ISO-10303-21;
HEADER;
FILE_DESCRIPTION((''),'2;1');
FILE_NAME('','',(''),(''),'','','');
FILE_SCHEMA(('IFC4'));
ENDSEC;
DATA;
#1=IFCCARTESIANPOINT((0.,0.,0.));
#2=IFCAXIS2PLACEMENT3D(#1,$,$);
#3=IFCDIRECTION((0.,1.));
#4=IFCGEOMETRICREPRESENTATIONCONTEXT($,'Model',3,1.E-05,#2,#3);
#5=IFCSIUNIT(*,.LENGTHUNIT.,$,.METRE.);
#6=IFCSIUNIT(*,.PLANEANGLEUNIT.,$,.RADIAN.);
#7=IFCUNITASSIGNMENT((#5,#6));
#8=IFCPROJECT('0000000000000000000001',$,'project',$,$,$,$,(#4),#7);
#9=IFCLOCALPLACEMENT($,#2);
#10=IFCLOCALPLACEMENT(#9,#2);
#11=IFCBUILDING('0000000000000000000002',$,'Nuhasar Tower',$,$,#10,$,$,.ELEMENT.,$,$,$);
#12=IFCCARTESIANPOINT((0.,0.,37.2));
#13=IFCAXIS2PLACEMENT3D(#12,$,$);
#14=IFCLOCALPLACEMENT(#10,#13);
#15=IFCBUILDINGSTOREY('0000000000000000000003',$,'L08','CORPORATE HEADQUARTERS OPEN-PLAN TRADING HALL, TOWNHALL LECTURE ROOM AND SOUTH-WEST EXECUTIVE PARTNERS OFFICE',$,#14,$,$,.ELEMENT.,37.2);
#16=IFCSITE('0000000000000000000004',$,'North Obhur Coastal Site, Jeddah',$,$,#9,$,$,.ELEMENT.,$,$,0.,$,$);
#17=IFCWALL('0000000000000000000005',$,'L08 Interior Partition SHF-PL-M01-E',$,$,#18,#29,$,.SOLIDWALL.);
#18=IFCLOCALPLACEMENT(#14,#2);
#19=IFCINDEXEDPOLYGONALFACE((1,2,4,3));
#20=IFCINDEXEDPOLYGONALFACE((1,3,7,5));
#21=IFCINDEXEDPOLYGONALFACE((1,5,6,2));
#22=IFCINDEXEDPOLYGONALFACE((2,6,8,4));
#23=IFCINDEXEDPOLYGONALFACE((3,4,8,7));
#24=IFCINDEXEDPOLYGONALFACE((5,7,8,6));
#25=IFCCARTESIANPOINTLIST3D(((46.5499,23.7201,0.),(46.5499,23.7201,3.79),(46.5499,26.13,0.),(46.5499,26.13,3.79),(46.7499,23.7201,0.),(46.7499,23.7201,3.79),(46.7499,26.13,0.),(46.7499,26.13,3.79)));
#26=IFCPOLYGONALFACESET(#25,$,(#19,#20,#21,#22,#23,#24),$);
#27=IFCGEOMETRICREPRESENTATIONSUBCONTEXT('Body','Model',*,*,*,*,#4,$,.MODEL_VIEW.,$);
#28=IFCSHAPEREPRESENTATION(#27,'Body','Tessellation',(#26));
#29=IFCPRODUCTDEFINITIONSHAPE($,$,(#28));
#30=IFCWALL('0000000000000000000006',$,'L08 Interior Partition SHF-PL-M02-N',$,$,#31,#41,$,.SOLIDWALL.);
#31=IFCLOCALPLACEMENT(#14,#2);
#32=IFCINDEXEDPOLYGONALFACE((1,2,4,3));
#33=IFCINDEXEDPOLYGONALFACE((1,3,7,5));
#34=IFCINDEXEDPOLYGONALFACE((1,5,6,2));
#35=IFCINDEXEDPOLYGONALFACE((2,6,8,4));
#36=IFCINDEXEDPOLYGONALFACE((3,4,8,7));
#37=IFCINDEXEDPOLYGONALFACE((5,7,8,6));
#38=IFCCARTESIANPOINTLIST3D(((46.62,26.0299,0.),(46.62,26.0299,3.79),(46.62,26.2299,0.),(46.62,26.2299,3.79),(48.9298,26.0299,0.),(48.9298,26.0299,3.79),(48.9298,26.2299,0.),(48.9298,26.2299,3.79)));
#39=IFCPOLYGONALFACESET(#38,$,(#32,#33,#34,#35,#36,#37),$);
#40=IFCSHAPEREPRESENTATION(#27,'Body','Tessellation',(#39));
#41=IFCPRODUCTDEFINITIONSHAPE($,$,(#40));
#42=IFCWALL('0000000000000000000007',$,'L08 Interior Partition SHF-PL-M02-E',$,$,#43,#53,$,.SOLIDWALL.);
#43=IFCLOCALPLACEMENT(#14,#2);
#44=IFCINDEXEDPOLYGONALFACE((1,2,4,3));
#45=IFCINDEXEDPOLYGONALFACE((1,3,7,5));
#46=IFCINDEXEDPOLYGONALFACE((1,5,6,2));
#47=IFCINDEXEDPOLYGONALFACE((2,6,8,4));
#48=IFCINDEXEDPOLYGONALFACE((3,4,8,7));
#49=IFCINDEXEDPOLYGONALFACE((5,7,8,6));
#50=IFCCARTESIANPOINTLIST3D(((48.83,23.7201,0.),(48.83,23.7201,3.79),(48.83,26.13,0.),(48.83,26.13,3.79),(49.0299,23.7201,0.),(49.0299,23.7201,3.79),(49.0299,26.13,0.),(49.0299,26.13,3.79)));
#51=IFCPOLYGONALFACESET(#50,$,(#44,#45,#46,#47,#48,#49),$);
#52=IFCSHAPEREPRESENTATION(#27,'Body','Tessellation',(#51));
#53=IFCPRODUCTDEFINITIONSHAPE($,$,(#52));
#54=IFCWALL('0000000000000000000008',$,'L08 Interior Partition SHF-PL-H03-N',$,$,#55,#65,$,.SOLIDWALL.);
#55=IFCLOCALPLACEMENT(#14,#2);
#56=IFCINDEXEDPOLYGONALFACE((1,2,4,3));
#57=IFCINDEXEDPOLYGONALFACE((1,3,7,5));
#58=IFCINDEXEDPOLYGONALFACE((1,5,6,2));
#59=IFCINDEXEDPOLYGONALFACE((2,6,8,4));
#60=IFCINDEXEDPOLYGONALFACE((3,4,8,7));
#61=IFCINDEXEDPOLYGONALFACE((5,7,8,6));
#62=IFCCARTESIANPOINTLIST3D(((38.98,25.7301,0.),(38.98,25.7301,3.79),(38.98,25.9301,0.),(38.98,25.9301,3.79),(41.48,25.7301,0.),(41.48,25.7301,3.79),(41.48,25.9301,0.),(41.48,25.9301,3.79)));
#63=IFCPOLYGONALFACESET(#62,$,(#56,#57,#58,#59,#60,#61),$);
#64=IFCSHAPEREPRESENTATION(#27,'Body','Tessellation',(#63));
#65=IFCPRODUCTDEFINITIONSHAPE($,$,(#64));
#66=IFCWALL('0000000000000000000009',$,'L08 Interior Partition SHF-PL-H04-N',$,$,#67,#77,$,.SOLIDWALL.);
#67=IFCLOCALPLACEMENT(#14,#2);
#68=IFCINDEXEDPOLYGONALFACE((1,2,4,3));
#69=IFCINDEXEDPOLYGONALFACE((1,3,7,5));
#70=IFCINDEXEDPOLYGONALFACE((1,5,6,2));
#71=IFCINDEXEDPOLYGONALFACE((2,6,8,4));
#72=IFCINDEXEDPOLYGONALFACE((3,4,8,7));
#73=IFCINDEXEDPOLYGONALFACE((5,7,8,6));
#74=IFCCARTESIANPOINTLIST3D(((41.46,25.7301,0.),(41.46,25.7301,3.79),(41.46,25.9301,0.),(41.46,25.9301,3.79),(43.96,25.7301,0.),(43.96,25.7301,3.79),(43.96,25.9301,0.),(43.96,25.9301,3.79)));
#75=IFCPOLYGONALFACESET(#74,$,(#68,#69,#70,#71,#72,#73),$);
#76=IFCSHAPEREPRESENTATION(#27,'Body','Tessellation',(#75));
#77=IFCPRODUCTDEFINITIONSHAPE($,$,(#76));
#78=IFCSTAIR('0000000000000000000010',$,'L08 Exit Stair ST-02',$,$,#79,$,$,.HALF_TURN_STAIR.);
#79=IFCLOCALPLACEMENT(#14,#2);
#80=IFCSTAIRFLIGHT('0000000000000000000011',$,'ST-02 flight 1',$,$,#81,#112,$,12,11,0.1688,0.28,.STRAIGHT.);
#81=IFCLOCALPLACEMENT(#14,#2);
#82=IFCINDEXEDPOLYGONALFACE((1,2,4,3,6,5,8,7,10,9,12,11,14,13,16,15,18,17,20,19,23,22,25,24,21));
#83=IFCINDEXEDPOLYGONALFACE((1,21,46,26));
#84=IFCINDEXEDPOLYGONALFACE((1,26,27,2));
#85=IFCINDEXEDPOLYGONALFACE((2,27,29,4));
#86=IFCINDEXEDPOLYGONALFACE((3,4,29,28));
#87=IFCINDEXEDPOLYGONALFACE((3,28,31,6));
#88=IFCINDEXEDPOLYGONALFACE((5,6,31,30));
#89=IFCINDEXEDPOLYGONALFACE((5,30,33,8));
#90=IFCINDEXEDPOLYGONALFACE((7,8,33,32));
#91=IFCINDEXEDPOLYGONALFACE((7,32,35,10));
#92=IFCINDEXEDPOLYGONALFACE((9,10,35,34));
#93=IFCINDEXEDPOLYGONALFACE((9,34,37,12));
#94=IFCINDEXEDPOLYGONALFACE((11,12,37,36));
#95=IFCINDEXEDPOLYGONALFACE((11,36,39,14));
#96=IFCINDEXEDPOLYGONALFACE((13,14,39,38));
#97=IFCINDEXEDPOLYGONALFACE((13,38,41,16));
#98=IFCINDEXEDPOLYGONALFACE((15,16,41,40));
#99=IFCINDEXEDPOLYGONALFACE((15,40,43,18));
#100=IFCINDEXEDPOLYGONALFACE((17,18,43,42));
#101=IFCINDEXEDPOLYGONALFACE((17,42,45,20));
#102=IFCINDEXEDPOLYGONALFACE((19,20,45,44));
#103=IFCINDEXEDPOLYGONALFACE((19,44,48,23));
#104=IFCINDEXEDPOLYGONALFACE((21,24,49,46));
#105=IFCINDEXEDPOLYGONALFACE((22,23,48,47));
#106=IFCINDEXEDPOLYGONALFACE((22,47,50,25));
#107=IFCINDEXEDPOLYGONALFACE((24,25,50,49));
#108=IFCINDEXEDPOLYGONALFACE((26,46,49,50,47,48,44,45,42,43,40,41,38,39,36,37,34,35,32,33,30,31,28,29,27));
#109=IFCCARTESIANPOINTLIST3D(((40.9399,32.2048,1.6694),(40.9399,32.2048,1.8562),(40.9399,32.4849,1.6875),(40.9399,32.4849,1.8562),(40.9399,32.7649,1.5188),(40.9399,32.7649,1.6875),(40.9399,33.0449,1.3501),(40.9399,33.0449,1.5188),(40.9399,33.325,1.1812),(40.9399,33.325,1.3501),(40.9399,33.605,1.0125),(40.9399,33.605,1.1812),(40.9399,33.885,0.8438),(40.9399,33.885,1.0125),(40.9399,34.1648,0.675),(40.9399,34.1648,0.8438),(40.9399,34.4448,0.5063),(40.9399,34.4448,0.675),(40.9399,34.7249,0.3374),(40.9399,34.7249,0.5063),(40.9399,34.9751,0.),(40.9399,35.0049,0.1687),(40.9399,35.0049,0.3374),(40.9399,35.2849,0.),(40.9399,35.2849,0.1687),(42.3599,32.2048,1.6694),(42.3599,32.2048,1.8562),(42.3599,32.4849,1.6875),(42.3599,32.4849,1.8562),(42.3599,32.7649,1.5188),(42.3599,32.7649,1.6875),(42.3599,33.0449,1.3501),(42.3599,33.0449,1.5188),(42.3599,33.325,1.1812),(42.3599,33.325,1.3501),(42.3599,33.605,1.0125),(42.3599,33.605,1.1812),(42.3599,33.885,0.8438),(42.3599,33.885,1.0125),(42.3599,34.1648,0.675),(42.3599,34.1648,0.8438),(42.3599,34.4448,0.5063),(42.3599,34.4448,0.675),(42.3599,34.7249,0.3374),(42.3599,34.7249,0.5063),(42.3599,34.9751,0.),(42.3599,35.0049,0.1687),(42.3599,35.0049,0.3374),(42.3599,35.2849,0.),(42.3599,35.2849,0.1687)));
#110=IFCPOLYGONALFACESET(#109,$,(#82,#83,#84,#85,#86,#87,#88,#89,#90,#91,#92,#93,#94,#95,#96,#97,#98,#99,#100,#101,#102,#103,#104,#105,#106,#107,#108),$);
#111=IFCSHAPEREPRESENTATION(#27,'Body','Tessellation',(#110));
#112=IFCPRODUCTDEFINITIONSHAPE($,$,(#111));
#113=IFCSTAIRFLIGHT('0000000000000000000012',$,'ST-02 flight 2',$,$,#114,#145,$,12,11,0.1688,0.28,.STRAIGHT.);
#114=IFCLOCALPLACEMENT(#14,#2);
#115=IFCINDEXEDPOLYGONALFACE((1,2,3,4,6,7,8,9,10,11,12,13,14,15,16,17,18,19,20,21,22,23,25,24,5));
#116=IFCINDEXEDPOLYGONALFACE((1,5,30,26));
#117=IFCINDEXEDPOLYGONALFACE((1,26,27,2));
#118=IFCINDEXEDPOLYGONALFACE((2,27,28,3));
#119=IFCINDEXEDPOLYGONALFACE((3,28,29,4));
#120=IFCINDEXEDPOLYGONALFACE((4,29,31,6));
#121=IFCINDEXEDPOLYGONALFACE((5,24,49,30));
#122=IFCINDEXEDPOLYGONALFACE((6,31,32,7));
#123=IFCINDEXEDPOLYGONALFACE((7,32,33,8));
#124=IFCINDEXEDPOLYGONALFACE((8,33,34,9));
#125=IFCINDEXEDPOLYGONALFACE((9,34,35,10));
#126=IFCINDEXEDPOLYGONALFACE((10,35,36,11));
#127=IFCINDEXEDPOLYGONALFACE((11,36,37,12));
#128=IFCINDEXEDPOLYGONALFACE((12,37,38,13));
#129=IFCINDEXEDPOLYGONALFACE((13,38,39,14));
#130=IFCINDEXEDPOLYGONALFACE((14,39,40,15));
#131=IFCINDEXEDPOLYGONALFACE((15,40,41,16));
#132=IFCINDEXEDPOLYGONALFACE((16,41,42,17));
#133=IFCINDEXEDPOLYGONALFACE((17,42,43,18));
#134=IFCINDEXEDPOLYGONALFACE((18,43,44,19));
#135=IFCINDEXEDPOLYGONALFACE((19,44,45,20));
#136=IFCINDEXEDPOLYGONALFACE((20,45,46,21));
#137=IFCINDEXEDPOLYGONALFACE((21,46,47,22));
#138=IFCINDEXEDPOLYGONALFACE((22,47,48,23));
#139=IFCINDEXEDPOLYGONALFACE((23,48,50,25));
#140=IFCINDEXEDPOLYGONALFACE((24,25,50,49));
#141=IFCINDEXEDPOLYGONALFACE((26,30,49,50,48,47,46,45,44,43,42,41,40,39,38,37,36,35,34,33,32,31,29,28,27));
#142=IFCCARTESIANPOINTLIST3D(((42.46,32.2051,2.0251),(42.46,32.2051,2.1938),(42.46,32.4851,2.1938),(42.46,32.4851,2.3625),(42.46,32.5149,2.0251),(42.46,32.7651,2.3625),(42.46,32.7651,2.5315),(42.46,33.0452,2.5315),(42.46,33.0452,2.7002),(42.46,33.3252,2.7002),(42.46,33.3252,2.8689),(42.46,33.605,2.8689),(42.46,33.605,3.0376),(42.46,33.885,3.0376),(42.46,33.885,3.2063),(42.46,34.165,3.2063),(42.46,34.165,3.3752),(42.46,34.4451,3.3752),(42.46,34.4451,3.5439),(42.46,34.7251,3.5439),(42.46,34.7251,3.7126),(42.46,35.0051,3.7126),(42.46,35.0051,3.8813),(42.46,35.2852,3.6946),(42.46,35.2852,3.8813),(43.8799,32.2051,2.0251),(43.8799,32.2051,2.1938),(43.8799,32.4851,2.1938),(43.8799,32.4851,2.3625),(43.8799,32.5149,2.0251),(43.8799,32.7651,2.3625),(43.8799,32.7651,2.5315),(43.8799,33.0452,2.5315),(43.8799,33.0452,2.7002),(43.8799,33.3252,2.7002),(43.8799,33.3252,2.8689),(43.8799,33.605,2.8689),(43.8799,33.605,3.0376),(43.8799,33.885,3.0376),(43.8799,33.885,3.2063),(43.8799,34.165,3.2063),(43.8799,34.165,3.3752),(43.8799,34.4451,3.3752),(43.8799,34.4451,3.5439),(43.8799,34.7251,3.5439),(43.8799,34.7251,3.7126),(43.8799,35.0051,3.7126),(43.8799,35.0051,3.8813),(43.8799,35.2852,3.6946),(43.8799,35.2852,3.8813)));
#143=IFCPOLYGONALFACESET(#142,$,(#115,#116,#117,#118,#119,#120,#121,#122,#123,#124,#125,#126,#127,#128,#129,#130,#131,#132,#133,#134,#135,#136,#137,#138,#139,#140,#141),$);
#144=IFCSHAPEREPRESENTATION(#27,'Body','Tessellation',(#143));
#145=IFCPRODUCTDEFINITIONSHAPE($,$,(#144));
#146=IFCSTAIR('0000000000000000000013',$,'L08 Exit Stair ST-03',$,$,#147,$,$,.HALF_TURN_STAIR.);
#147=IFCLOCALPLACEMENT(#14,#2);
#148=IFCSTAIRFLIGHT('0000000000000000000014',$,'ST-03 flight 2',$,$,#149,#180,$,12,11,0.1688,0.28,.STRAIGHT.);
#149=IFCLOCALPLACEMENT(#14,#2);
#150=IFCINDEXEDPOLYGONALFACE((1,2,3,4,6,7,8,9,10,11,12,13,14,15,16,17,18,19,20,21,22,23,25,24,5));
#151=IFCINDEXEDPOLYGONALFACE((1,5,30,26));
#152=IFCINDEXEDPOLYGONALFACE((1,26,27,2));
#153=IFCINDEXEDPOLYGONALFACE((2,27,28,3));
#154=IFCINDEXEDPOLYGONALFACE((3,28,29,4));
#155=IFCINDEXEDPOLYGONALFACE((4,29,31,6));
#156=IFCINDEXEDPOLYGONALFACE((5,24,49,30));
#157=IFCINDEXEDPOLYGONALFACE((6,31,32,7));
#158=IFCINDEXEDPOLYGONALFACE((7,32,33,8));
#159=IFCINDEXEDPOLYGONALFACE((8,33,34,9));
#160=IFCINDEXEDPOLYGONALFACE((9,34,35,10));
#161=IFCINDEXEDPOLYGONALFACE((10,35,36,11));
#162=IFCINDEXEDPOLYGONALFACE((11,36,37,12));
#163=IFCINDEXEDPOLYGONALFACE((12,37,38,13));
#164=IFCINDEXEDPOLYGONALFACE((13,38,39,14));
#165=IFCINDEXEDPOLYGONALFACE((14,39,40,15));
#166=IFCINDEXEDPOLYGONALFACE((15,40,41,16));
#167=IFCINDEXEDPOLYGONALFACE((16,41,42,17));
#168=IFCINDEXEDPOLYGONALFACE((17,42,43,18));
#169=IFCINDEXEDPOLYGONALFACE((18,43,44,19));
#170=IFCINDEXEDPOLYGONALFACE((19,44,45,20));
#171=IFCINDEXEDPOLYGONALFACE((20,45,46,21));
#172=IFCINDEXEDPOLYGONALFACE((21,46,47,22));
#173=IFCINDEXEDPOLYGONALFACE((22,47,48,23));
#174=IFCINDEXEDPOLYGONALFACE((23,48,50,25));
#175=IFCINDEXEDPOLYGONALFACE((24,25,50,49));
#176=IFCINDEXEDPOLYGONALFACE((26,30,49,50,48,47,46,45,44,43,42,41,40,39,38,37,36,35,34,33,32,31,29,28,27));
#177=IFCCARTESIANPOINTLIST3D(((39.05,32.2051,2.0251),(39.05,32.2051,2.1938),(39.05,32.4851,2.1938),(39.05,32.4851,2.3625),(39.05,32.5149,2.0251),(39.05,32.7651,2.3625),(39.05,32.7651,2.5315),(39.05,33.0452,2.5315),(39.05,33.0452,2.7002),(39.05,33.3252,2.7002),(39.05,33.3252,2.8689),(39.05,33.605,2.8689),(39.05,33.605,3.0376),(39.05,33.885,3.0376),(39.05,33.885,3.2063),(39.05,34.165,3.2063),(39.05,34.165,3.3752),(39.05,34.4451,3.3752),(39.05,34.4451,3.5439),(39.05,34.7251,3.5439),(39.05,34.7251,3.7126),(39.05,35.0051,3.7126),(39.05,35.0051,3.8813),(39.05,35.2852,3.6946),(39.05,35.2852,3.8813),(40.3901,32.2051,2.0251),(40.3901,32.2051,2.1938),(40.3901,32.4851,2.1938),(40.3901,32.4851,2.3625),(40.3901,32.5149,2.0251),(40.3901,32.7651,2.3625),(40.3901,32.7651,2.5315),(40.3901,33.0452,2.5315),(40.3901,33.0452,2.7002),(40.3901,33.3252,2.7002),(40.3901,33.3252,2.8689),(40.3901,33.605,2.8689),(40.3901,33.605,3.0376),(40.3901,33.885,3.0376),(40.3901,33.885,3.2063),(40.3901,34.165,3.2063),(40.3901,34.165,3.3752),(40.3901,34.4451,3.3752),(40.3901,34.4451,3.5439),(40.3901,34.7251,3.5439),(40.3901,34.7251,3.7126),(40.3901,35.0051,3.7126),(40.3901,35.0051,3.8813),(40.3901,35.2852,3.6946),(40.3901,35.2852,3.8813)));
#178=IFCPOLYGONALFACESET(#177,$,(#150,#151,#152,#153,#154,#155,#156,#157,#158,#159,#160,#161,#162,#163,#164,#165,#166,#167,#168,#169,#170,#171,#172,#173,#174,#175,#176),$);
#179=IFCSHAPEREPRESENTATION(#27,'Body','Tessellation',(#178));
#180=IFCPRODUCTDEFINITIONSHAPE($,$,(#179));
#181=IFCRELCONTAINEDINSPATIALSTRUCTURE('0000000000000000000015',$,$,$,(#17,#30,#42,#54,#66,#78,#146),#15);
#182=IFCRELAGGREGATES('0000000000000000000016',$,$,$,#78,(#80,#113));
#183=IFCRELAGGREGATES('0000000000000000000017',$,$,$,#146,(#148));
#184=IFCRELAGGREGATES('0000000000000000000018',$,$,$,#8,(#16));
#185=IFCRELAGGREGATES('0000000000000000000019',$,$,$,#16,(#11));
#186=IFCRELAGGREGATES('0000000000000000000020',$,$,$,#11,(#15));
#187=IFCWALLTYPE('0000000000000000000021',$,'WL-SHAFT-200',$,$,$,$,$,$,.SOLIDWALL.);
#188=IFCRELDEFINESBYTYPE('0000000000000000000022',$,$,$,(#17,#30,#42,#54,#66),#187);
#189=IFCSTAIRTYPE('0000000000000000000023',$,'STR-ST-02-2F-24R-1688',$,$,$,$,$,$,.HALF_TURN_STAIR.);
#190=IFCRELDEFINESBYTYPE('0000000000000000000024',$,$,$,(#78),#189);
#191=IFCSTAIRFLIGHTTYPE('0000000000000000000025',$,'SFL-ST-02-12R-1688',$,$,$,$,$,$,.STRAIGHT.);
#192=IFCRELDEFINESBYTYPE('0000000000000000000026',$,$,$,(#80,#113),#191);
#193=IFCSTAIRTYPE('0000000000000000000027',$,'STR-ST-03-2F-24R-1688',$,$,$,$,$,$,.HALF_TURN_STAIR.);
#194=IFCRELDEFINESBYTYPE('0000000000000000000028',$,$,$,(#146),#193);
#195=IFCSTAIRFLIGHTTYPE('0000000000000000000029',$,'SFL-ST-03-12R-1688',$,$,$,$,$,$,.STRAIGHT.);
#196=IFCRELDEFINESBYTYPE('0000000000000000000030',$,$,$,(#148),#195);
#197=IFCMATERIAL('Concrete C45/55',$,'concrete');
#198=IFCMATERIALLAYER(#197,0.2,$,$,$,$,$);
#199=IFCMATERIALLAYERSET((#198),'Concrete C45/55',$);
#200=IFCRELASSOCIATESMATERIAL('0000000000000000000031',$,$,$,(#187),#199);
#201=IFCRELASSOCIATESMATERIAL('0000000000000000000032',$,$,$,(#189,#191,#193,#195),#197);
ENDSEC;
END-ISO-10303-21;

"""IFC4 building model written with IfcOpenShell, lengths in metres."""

from ifc_helpers import new_model, si_unit, direction, frame, frame_2d, origin, place, context, subcontext, project, spatial, polyline, rectangle, outline, extrude, material, layer, layer_set, type_object, element, aggregate, save


model = new_model("IFC4")

# Units and contexts
model_context = context("Model", 3, precision=1e-05, world=origin(), true_north=direction((0.0, 1.0)))
body_context = subcontext(model_context, "Body", "Model", "MODEL_VIEW")
ifc_project = project(units=[si_unit("LENGTHUNIT", "METRE"), si_unit("PLANEANGLEUNIT", "RADIAN")], contexts=[model_context])

# Site, building, storey
site_placement = place(None, origin())
site = spatial("IfcSite", under=ifc_project, at=site_placement, Name="North Obhur Coastal Site, Jeddah", CompositionType="ELEMENT", RefElevation=0.0)
building_placement = place(site_placement, origin())
building = spatial("IfcBuilding", under=site, at=building_placement, Name="Nuhasar Tower", CompositionType="ELEMENT")
storey_placement = place(building_placement, frame((0.0, 0.0, 37.2)))
storey = spatial("IfcBuildingStorey", under=building, at=storey_placement, Name="L08", Description="CORPORATE HEADQUARTERS OPEN-PLAN TRADING HALL, TOWNHALL LECTURE ROOM AND SOUTH-WEST EXECUTIVE PARTNERS OFFICE", CompositionType="ELEMENT", Elevation=37.2)

# Shared definitions
ifc_material_1 = material(Name="Concrete C45/55", Category="concrete")
ifc_layer_1 = layer(ifc_material_1, 0.2)
ifc_layer_set_1 = layer_set([ifc_layer_1], Name="Concrete C45/55")
wall_type_1 = type_object("IfcWallType", Name="WL-SHAFT-200", PredefinedType="SOLIDWALL", material=ifc_layer_set_1)

# Walls
wall_1_placement = place(storey_placement, frame((46.6499, 23.72, 0.0), z_axis=(0.0, 0.0, 1.0), x_axis=(0.0, 1.0, 0.0)))
element("IfcWall", 1, at=wall_1_placement, inside=storey, type_object=wall_type_1, Name="L08 Interior Partition SHF-PL-M01-E", PredefinedType="SOLIDWALL", context=body_context, shape_type="SweptSolid", body=[
    extrude(rectangle(XDim=2.4099, YDim=0.2, at=frame_2d((1.2051, 0.0))), origin(), (0.0, 0.0, 1.0), 3.79),
])
wall_2_placement = place(storey_placement, frame((46.6201, 26.1299, 0.0), z_axis=(0.0, 0.0, 1.0), x_axis=(1.0, 0.0, 0.0)))
element("IfcWall", 2, at=wall_2_placement, inside=storey, type_object=wall_type_1, Name="L08 Interior Partition SHF-PL-M02-N", PredefinedType="SOLIDWALL", context=body_context, shape_type="SweptSolid", body=[
    extrude(rectangle(XDim=2.3098, YDim=0.2, at=frame_2d((1.1548, 0.0))), origin(), (0.0, 0.0, 1.0), 3.79),
])
wall_3_placement = place(storey_placement, frame((48.9299, 23.72, 0.0), z_axis=(0.0, 0.0, 1.0), x_axis=(0.0, 1.0, 0.0)))
element("IfcWall", 3, at=wall_3_placement, inside=storey, type_object=wall_type_1, Name="L08 Interior Partition SHF-PL-M02-E", PredefinedType="SOLIDWALL", context=body_context, shape_type="SweptSolid", body=[
    extrude(rectangle(XDim=2.4099, YDim=0.2, at=frame_2d((1.2051, 0.0))), origin(), (0.0, 0.0, 1.0), 3.79),
])
for number, where, z_axis, x_axis, name in (
    (4, (38.98, 25.8301, 0.0), (0.0, 0.0, 1.0), (1.0, 0.0, 0.0), "L08 Interior Partition SHF-PL-H03-N"),
    (5, (41.46, 25.8301, 0.0), (0.0, 0.0, 1.0), (1.0, 0.0, 0.0), "L08 Interior Partition SHF-PL-H04-N"),
):
    element("IfcWall", number, at=place(storey_placement, frame(where, z_axis=z_axis, x_axis=x_axis)), inside=storey, type_object=wall_type_1, Name=name, PredefinedType="SOLIDWALL", context=body_context, shape_type="SweptSolid", body=[
        extrude(rectangle(XDim=2.5, YDim=0.2, at=frame_2d((1.25, 0.0))), origin(), (0.0, 0.0, 1.0), 3.79),
    ])

# Stair, stair flights
stair_type_1 = type_object("IfcStairType", Name="STR-ST-02-2F-24R-1688", PredefinedType="HALF_TURN_STAIR", material=ifc_material_1)
stair_1_placement = place(storey_placement, origin())
stair_1 = element("IfcStair", 6, at=stair_1_placement, inside=storey, type_object=stair_type_1, Name="L08 Exit Stair ST-02", PredefinedType="HALF_TURN_STAIR")
stair_flight_type_1 = type_object("IfcStairFlightType", Name="SFL-ST-02-12R-1688", PredefinedType="STRAIGHT", material=ifc_material_1)
stair_flight_1_placement = place(storey_placement, frame((41.6499, 35.2849, 0.0), z_axis=(0.0, 0.0, 1.0), x_axis=(0.0, -1.0, 0.0)))
stair_flight_1 = element("IfcStairFlight", 7, at=stair_flight_1_placement, type_object=stair_flight_type_1, Name="ST-02 flight 1", NumberOfRisers=12, NumberOfTreads=11, PredefinedType="STRAIGHT", RiserHeight=0.1688, TreadLength=0.28, context=body_context, shape_type="SweptSolid", body=[
    extrude(outline(polyline([(0.0, 0.0), (0.0, 0.1687), (0.28, 0.1687), (0.28, 0.3374), (0.5601, 0.3374), (0.5601, 0.5063), (0.8401, 0.5063), (0.8401, 0.675), (1.1201, 0.675), (1.1201, 0.8438), (1.3999, 0.8438), (1.3999, 1.0125), (1.6799, 1.0125), (1.6799, 1.1812), (1.96, 1.1812), (1.96, 1.3501), (2.24, 1.3501), (2.24, 1.5188), (2.52, 1.5188), (2.52, 1.6875), (2.8, 1.6875), (2.8, 1.8562), (3.0801, 1.8562), (3.0801, 2.0249), (3.0801, 1.6694), (0.3098, 0.0), (0.0, 0.0)])), frame((0.0, 0.71, 0.0), z_axis=(0.0, -1.0, 0.0), x_axis=(1.0, 0.0, 0.0)), (0.0, 0.0, 1.0), 1.4199),
])
stair_flight_2_placement = place(storey_placement, frame((43.1699, 32.2051, 2.0251), z_axis=(0.0, 0.0, 1.0), x_axis=(0.0, 1.0, 0.0)))
stair_flight_2 = element("IfcStairFlight", 8, at=stair_flight_2_placement, type_object=stair_flight_type_1, Name="ST-02 flight 2", NumberOfRisers=12, NumberOfTreads=11, PredefinedType="STRAIGHT", RiserHeight=0.1688, TreadLength=0.28, context=body_context, shape_type="SweptSolid", body=[
    extrude(outline(polyline([(0.0, 0.0), (0.0, 0.1687), (0.28, 0.1687), (0.28, 0.3374), (0.5601, 0.3374), (0.5601, 0.5063), (0.8401, 0.5063), (0.8401, 0.675), (1.1201, 0.675), (1.1201, 0.8438), (1.3999, 0.8438), (1.3999, 1.0125), (1.6799, 1.0125), (1.6799, 1.1812), (1.96, 1.1812), (1.96, 1.3501), (2.24, 1.3501), (2.24, 1.5188), (2.52, 1.5188), (2.52, 1.6875), (2.8, 1.6875), (2.8, 1.8562), (3.0801, 1.8562), (3.0801, 2.0249), (3.0801, 1.6694), (0.3098, 0.0), (0.0, 0.0)])), frame((0.0, 0.71, 0.0), z_axis=(0.0, -1.0, 0.0), x_axis=(1.0, 0.0, 0.0)), (0.0, 0.0, 1.0), 1.4199),
])
aggregate(stair_1, [stair_flight_1, stair_flight_2])

# Stair, stair flight
stair_type_2 = type_object("IfcStairType", Name="STR-ST-03-2F-24R-1688", PredefinedType="HALF_TURN_STAIR", material=ifc_material_1)
stair_2_placement = place(storey_placement, origin())
stair_2 = element("IfcStair", 9, at=stair_2_placement, inside=storey, type_object=stair_type_2, Name="L08 Exit Stair ST-03", PredefinedType="HALF_TURN_STAIR")
stair_flight_type_2 = type_object("IfcStairFlightType", Name="SFL-ST-03-12R-1688", PredefinedType="STRAIGHT", material=ifc_material_1)
stair_flight_3_placement = place(storey_placement, frame((39.72, 32.2051, 2.0251), z_axis=(0.0, 0.0, 1.0), x_axis=(0.0, 1.0, 0.0)))
stair_flight_3 = element("IfcStairFlight", 10, at=stair_flight_3_placement, type_object=stair_flight_type_2, Name="ST-03 flight 2", NumberOfRisers=12, NumberOfTreads=11, PredefinedType="STRAIGHT", RiserHeight=0.1688, TreadLength=0.28, context=body_context, shape_type="SweptSolid", body=[
    extrude(outline(polyline([(0.0, 0.0), (0.0, 0.1687), (0.28, 0.1687), (0.28, 0.3374), (0.5601, 0.3374), (0.5601, 0.5063), (0.8401, 0.5063), (0.8401, 0.675), (1.1201, 0.675), (1.1201, 0.8438), (1.3999, 0.8438), (1.3999, 1.0125), (1.6799, 1.0125), (1.6799, 1.1812), (1.96, 1.1812), (1.96, 1.3501), (2.24, 1.3501), (2.24, 1.5188), (2.52, 1.5188), (2.52, 1.6875), (2.8, 1.6875), (2.8, 1.8562), (3.0801, 1.8562), (3.0801, 2.0249), (3.0801, 1.6694), (0.3098, 0.0), (0.0, 0.0)])), frame((0.0, 0.6699, 0.0), z_axis=(0.0, -1.0, 0.0), x_axis=(1.0, 0.0, 0.0)), (0.0, 0.0, 1.0), 1.3401),
])
aggregate(stair_2, [stair_flight_3])

save(model, "model.ifc")
